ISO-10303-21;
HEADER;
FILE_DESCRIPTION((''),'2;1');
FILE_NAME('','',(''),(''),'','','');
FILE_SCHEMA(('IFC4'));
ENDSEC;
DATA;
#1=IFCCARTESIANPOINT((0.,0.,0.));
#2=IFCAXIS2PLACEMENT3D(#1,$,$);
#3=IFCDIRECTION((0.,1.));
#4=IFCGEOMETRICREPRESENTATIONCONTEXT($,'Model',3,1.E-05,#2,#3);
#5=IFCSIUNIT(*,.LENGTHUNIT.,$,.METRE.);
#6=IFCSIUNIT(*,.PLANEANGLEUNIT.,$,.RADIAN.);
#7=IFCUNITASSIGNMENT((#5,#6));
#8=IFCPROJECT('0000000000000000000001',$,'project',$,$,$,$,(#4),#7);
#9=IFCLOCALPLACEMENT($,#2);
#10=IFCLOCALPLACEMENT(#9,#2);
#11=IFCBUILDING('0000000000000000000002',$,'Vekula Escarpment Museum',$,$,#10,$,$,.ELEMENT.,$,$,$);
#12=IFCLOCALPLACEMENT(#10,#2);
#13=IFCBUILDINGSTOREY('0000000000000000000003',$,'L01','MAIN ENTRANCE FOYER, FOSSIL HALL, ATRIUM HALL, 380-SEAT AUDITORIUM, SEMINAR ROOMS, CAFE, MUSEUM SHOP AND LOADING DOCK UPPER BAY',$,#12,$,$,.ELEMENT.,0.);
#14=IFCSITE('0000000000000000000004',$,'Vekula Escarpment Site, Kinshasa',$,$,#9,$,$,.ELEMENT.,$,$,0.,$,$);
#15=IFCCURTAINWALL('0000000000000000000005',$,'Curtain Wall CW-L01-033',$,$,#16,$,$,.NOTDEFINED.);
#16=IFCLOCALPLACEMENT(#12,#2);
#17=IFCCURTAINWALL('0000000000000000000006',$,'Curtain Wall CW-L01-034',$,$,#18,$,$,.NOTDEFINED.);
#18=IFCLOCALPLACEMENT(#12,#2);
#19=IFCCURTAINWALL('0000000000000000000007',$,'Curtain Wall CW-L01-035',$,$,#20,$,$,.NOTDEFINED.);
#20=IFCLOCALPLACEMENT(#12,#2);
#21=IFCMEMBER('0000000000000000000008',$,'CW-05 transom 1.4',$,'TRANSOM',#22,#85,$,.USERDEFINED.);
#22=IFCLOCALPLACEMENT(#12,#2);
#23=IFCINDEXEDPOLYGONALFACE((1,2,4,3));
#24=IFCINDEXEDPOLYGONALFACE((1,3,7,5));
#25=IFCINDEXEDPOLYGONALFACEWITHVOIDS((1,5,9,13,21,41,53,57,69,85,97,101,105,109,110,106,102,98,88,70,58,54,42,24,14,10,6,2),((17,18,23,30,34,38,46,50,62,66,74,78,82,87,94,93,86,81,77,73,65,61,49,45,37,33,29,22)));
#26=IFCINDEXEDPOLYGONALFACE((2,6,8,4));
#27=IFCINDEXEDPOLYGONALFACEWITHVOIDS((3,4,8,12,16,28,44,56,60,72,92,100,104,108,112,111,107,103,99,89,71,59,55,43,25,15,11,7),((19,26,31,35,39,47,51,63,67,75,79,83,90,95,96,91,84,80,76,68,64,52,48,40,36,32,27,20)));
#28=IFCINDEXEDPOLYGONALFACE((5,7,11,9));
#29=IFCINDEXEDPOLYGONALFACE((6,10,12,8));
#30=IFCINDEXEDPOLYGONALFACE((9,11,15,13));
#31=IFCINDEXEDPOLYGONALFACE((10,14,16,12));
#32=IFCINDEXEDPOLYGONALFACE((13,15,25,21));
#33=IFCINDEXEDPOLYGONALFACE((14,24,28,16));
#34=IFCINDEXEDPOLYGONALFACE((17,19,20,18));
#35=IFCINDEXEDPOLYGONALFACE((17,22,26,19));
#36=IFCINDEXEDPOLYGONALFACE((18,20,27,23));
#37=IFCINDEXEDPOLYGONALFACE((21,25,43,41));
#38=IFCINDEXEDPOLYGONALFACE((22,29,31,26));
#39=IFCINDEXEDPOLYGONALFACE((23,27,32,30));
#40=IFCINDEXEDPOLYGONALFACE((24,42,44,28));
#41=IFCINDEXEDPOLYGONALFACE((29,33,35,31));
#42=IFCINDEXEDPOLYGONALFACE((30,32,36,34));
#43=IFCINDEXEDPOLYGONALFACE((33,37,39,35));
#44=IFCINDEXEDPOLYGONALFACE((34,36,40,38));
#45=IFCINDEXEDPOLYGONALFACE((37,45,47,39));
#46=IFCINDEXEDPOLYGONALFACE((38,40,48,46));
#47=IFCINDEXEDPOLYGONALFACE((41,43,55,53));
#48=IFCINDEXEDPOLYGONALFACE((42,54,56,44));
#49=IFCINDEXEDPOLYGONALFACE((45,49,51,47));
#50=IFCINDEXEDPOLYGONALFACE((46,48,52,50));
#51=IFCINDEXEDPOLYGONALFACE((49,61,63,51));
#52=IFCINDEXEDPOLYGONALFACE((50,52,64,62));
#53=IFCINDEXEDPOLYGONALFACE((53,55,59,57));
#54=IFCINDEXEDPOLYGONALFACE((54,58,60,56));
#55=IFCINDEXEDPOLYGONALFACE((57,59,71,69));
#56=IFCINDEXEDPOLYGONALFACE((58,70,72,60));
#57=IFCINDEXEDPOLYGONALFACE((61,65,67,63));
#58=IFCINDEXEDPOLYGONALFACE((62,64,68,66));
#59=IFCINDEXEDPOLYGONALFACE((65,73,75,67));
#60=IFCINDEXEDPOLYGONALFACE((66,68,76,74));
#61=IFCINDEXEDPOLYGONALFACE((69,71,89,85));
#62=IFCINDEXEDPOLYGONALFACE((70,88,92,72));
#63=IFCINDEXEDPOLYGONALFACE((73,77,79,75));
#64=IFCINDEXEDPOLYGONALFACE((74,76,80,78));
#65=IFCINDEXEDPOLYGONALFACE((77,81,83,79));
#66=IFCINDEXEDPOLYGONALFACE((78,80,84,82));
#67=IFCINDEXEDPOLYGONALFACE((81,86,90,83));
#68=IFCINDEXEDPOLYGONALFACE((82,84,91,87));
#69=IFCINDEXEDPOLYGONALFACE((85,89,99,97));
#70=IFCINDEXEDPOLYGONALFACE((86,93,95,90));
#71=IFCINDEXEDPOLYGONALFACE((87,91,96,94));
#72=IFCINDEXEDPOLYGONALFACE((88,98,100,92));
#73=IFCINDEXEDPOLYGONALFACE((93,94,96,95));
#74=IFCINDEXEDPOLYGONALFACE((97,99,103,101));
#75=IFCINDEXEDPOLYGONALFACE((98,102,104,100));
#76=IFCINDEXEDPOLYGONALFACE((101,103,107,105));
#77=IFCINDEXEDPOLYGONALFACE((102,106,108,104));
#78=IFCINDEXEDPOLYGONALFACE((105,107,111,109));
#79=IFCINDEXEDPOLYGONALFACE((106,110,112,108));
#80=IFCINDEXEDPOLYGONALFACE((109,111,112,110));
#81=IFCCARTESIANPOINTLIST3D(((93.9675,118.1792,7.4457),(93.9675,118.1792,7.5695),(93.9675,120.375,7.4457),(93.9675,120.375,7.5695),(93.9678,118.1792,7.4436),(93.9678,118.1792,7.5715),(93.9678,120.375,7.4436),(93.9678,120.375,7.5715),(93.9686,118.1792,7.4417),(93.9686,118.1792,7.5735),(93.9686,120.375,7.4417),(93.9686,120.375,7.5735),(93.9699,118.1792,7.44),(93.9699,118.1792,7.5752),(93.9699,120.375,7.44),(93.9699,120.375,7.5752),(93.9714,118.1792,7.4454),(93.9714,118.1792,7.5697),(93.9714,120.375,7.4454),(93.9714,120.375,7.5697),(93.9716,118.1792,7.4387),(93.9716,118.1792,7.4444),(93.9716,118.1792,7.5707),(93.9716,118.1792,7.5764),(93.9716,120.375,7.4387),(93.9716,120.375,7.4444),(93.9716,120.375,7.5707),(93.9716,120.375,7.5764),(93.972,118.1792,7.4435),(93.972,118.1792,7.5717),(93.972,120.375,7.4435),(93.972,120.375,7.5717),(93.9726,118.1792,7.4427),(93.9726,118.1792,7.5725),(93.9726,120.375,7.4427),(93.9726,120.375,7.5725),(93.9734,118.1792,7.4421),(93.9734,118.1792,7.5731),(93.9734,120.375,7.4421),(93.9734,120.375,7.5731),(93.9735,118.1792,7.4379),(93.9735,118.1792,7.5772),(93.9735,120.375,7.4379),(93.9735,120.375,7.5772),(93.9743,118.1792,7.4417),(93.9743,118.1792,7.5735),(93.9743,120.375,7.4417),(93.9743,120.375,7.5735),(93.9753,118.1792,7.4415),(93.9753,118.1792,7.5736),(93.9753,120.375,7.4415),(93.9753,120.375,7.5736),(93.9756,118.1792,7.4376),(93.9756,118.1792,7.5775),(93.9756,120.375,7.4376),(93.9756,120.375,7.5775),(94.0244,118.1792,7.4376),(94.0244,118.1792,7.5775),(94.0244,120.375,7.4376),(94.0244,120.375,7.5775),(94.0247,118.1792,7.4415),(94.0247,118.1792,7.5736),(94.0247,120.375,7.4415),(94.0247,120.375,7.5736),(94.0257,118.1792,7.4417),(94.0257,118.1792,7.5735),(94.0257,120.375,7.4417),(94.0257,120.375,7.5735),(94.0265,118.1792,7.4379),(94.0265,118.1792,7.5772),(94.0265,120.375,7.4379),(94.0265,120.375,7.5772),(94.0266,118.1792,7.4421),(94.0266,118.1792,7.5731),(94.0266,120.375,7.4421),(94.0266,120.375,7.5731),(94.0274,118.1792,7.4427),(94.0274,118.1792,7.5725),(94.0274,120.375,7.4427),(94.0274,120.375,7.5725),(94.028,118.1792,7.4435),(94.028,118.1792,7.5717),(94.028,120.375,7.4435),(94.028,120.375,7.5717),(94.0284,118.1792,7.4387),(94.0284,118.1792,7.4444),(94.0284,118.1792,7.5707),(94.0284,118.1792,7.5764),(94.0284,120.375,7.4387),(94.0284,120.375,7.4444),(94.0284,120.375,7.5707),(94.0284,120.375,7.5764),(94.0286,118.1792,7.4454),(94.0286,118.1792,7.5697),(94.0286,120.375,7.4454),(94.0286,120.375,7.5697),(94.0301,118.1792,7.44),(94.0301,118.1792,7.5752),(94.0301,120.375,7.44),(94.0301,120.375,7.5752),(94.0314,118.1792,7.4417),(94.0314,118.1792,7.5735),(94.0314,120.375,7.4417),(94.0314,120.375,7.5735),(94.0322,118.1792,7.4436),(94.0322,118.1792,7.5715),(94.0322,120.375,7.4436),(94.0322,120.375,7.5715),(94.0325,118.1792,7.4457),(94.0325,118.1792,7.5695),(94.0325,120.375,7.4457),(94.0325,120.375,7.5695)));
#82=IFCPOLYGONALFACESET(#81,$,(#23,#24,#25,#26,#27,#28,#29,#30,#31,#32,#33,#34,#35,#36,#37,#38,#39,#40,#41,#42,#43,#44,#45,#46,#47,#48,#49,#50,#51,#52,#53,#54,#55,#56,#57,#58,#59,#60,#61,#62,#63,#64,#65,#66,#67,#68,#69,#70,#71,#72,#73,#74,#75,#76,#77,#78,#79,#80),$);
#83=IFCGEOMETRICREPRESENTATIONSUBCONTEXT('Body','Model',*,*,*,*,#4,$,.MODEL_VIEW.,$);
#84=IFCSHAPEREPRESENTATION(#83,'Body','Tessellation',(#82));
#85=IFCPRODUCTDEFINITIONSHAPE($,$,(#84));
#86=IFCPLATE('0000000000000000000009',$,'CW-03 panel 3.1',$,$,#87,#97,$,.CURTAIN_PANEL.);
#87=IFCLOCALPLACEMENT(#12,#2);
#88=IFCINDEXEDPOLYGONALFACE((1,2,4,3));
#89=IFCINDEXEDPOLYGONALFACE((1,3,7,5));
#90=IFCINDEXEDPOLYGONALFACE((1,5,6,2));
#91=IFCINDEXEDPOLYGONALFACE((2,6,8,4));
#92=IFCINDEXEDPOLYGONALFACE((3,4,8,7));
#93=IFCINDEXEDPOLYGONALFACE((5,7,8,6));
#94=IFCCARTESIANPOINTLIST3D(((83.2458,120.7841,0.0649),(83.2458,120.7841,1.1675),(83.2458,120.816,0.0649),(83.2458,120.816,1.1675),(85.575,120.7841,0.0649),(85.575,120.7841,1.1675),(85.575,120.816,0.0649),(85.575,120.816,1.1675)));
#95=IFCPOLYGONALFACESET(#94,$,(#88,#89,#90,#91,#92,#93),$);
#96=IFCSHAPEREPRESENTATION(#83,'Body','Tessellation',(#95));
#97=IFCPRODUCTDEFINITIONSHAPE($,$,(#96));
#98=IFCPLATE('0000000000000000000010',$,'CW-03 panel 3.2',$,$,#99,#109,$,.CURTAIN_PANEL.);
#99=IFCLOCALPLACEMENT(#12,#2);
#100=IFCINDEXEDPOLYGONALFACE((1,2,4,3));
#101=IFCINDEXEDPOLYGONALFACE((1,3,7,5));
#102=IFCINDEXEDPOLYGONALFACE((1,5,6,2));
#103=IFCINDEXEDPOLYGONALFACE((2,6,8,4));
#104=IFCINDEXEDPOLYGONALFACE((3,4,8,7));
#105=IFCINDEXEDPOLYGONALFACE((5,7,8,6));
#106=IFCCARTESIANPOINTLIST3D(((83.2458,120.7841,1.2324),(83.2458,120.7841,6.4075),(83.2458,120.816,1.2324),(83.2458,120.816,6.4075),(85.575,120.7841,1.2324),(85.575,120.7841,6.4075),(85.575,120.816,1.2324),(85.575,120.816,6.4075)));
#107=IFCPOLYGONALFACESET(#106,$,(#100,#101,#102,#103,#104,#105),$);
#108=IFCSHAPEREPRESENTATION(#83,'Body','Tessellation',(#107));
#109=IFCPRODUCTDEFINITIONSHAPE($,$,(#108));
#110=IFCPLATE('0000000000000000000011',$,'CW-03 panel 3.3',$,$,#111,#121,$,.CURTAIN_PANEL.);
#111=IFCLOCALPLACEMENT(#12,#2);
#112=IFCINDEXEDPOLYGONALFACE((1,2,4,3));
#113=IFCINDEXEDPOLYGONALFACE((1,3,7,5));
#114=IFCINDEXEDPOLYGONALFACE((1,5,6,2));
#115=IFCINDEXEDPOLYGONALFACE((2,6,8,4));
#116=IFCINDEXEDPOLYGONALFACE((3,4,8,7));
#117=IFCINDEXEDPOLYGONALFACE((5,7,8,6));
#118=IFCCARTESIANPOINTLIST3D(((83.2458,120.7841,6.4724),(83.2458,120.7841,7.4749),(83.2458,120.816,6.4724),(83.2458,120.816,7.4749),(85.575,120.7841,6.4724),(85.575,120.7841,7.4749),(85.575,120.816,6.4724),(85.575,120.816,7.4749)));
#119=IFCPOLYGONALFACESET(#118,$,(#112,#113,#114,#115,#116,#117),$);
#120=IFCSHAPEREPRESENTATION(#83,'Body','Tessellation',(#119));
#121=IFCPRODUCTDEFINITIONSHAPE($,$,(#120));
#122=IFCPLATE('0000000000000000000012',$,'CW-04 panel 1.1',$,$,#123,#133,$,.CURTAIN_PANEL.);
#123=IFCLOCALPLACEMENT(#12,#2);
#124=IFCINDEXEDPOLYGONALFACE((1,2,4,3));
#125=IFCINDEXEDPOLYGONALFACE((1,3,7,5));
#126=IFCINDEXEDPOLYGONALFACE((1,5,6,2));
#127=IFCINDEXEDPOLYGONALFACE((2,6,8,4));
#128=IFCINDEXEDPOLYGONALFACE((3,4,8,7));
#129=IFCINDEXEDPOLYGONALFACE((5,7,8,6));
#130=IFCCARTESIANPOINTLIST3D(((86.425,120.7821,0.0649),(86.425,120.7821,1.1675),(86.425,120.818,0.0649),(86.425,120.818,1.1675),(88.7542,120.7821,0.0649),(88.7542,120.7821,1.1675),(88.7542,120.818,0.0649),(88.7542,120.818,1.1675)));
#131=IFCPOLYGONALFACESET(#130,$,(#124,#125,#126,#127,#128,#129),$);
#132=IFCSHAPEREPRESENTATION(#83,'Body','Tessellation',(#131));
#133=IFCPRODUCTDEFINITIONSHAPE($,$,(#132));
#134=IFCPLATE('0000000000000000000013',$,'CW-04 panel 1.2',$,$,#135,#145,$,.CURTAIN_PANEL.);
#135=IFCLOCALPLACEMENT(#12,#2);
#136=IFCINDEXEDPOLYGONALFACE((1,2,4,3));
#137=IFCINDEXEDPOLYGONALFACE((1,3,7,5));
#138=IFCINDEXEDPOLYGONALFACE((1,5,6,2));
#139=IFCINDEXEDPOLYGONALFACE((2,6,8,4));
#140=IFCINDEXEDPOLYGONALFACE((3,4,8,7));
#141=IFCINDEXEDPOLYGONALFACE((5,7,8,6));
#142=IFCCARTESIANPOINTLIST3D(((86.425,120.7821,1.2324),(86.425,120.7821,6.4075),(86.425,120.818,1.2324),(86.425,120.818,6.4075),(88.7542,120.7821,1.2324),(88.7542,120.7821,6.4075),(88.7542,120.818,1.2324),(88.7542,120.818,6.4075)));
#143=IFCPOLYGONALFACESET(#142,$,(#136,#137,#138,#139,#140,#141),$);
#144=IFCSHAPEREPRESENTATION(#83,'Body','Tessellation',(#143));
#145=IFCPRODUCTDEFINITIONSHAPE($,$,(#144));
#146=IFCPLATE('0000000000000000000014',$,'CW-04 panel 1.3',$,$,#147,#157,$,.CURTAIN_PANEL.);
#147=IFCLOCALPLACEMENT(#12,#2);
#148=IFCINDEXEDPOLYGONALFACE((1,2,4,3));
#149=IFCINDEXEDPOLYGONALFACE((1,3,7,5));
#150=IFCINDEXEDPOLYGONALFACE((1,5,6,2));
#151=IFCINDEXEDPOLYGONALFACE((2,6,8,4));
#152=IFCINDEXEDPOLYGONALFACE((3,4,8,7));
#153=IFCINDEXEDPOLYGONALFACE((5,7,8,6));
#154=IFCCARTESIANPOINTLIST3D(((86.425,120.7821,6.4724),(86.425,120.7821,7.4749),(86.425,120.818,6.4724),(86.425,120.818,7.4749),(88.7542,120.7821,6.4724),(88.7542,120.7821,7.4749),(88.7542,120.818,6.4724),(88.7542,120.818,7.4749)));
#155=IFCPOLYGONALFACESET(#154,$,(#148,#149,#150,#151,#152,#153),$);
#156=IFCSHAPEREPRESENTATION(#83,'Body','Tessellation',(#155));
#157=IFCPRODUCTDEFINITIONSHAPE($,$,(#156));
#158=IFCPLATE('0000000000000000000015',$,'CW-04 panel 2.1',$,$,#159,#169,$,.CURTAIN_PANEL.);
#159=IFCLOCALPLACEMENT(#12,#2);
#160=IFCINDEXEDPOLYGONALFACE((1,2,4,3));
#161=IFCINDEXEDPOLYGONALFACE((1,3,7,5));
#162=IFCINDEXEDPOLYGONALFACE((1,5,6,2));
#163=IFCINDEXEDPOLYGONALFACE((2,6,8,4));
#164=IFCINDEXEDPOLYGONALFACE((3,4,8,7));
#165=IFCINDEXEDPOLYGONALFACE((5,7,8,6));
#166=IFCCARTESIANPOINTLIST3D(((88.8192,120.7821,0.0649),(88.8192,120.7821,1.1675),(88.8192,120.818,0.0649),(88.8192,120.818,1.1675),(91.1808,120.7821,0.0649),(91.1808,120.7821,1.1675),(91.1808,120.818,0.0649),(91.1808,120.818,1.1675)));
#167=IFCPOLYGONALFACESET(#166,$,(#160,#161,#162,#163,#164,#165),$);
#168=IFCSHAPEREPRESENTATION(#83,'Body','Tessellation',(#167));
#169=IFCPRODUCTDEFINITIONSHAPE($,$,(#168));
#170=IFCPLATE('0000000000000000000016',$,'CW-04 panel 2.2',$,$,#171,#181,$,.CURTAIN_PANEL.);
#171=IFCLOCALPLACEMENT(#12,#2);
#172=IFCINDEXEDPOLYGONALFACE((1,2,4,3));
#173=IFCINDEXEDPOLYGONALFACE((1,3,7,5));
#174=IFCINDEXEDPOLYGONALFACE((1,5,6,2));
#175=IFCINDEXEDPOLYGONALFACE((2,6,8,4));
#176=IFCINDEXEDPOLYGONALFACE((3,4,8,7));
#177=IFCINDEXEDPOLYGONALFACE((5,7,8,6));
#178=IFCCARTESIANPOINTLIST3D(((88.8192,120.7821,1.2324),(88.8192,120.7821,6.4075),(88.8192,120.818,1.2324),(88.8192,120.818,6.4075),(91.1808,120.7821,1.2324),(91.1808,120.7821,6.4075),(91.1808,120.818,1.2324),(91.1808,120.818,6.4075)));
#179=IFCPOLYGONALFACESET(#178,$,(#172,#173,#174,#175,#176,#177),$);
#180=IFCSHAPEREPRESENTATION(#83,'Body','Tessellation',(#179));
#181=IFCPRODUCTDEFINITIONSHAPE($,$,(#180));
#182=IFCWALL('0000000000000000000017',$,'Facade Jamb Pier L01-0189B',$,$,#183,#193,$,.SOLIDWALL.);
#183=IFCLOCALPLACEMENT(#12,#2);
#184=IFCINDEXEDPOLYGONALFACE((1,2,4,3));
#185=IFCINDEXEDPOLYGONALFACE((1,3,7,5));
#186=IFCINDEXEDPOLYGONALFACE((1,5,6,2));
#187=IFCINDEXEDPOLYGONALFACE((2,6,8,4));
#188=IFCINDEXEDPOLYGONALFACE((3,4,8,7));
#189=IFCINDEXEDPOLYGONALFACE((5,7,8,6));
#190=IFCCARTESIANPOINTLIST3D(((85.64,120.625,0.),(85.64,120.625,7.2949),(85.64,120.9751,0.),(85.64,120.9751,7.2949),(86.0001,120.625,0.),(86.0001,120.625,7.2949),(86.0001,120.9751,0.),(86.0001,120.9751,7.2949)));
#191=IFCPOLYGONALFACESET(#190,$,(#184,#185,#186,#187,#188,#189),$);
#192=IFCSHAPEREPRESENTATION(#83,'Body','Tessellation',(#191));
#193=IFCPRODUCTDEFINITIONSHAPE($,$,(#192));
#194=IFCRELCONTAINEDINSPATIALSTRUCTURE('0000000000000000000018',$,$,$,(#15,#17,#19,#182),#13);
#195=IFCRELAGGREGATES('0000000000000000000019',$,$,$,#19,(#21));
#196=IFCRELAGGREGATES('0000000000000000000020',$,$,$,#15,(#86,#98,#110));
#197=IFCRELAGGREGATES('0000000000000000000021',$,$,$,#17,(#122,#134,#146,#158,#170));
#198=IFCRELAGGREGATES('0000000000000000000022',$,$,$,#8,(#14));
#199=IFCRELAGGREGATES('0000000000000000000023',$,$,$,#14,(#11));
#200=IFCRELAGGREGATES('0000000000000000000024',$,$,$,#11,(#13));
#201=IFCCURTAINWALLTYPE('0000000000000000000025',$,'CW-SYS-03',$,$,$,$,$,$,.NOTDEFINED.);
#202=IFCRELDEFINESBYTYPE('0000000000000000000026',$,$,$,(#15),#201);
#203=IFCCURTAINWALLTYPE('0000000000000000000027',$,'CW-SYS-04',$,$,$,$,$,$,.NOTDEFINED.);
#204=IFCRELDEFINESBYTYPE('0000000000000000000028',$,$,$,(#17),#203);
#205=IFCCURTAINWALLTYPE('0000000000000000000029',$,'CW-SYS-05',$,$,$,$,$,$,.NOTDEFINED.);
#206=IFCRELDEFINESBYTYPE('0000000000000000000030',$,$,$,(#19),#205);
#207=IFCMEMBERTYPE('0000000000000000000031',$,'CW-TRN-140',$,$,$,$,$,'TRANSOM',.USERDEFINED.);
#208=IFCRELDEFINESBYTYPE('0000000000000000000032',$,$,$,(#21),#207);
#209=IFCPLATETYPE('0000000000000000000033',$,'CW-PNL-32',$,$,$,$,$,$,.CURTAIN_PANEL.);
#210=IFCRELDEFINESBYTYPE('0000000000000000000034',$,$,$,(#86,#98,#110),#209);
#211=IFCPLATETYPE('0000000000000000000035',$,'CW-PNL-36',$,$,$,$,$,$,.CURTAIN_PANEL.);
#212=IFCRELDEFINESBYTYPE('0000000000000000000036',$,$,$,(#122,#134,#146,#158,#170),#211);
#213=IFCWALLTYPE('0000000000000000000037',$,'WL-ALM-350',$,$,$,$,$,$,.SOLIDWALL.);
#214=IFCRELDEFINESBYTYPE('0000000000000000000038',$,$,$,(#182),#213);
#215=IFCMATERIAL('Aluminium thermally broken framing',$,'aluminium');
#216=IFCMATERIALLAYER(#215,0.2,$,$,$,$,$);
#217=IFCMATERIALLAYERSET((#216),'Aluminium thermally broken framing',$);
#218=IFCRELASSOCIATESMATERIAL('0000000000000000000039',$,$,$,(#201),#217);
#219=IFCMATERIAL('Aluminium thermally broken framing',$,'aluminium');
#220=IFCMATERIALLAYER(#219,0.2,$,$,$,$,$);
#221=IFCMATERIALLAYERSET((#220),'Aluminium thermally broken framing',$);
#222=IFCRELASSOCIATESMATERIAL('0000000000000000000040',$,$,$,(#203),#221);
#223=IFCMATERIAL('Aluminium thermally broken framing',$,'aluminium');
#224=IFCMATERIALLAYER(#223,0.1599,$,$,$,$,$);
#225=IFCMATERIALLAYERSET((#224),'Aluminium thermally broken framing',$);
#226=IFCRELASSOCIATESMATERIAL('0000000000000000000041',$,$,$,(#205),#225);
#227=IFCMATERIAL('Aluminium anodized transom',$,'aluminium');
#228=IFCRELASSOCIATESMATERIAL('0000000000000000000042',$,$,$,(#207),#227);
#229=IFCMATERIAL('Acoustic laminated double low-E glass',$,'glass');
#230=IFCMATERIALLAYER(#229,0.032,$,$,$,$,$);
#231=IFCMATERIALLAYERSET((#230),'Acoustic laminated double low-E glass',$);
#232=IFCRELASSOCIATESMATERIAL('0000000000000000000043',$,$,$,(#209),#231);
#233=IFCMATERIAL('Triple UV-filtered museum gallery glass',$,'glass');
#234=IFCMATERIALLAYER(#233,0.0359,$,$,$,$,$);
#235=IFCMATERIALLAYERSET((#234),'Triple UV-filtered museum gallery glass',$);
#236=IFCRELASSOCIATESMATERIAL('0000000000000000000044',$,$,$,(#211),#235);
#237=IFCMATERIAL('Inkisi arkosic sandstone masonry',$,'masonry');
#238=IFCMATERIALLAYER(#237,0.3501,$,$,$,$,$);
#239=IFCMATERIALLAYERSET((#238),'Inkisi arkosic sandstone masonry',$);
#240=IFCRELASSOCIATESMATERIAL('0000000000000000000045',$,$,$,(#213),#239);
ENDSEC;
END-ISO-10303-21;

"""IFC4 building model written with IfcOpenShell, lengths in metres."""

from ifc_helpers import new_model, si_unit, direction, frame, frame_2d, origin, origin_2d, place, context, subcontext, project, spatial, rectangle, hollow_rectangle, extrude, material, layer, layer_set, material_profile, profile_set, type_object, element, aggregate, save


model = new_model("IFC4")

# Units and contexts
model_context = context("Model", 3, precision=1e-05, world=origin(), true_north=direction((0.0, 1.0)))
body_context = subcontext(model_context, "Body", "Model", "MODEL_VIEW")
ifc_project = project(units=[si_unit("LENGTHUNIT", "METRE"), si_unit("PLANEANGLEUNIT", "RADIAN")], contexts=[model_context])

# Site, building, storey
site_placement = place(None, origin())
site = spatial("IfcSite", under=ifc_project, at=site_placement, Name="Vekula Escarpment Site, Kinshasa", CompositionType="ELEMENT", RefElevation=0.0)
building_placement = place(site_placement, origin())
building = spatial("IfcBuilding", under=site, at=building_placement, Name="Vekula Escarpment Museum", CompositionType="ELEMENT")
storey_placement = place(building_placement, origin())
storey = spatial("IfcBuildingStorey", under=building, at=storey_placement, Name="L01", Description="MAIN ENTRANCE FOYER, FOSSIL HALL, ATRIUM HALL, 380-SEAT AUDITORIUM, SEMINAR ROOMS, CAFE, MUSEUM SHOP AND LOADING DOCK UPPER BAY", CompositionType="ELEMENT", Elevation=0.0)

# Curtain wall
ifc_material_1 = material(Name="Aluminium thermally broken framing", Category="aluminium")
ifc_layer_1 = layer(ifc_material_1, 0.2)
ifc_layer_set_1 = layer_set([ifc_layer_1], Name="Aluminium thermally broken framing")
curtain_wall_type_1 = type_object("IfcCurtainWallType", Name="CW-SYS-03", PredefinedType="NOTDEFINED", material=ifc_layer_set_1)
curtain_wall_1_placement = place(storey_placement, origin())
curtain_wall_1 = element("IfcCurtainWall", 1, at=curtain_wall_1_placement, inside=storey, type_object=curtain_wall_type_1, Name="Curtain Wall CW-L01-033", PredefinedType="NOTDEFINED")

# Curtain wall
ifc_material_2 = material(Name="Aluminium thermally broken framing", Category="aluminium")
ifc_layer_2 = layer(ifc_material_2, 0.2)
ifc_layer_set_2 = layer_set([ifc_layer_2], Name="Aluminium thermally broken framing")
curtain_wall_type_2 = type_object("IfcCurtainWallType", Name="CW-SYS-04", PredefinedType="NOTDEFINED", material=ifc_layer_set_2)
curtain_wall_2_placement = place(storey_placement, origin())
curtain_wall_2 = element("IfcCurtainWall", 2, at=curtain_wall_2_placement, inside=storey, type_object=curtain_wall_type_2, Name="Curtain Wall CW-L01-034", PredefinedType="NOTDEFINED")

# Curtain wall
ifc_material_3 = material(Name="Aluminium thermally broken framing", Category="aluminium")
ifc_layer_3 = layer(ifc_material_3, 0.1599)
ifc_layer_set_3 = layer_set([ifc_layer_3], Name="Aluminium thermally broken framing")
curtain_wall_type_3 = type_object("IfcCurtainWallType", Name="CW-SYS-05", PredefinedType="NOTDEFINED", material=ifc_layer_set_3)
curtain_wall_3_placement = place(storey_placement, origin())
curtain_wall_3 = element("IfcCurtainWall", 3, at=curtain_wall_3_placement, inside=storey, type_object=curtain_wall_type_3, Name="Curtain Wall CW-L01-035", PredefinedType="NOTDEFINED")

# Member
ifc_material_4 = material(Name="Aluminium anodized transom", Category="aluminium")
ifc_material_profile_1 = material_profile(ifc_material_4, hollow_rectangle(XDim=0.0649, YDim=0.1399, WallThickness=0.0039, InnerFilletRadius=0.0039, OuterFilletRadius=0.0081, at=origin_2d()), Name="ALU 140x65x4")
ifc_profile_set_1 = profile_set([ifc_material_profile_1], Name="Aluminium anodized transom")
member_type_1 = type_object("IfcMemberType", Name="CW-TRN-140", ElementType="TRANSOM", PredefinedType="USERDEFINED", material=ifc_profile_set_1)
member_1_placement = place(storey_placement, frame((94.0, 120.375, 7.5076), z_axis=(0.0, -1.0, 0.0), x_axis=(1.0, 0.0, 0.0)))
member_1 = element("IfcMember", 4, at=member_1_placement, type_object=member_type_1, Name="CW-05 transom 1.4", ObjectType="TRANSOM", PredefinedType="USERDEFINED", context=body_context, shape_type="SweptSolid", body=[
    extrude(hollow_rectangle(XDim=0.0649, YDim=0.1399, WallThickness=0.0039, InnerFilletRadius=0.0039, OuterFilletRadius=0.0081, at=origin_2d()), origin(), (0.0, 0.0, 1.0), 2.1958),
])
aggregate(curtain_wall_3, [member_1])

# Plates
ifc_material_5 = material(Name="Acoustic laminated double low-E glass", Category="glass")
ifc_layer_4 = layer(ifc_material_5, 0.032)
ifc_layer_set_4 = layer_set([ifc_layer_4], Name="Acoustic laminated double low-E glass")
plate_type_1 = type_object("IfcPlateType", Name="CW-PNL-32", PredefinedType="CURTAIN_PANEL", material=ifc_layer_set_4)
plate_1_placement = place(storey_placement, frame((84.4104, 120.8, 0.0649), z_axis=(0.0, 0.0, 1.0), x_axis=(1.0, 0.0, 0.0)))
plate_1 = element("IfcPlate", 5, at=plate_1_placement, type_object=plate_type_1, Name="CW-03 panel 3.1", PredefinedType="CURTAIN_PANEL", context=body_context, shape_type="SweptSolid", body=[
    extrude(rectangle(XDim=2.3291, YDim=0.032, at=origin_2d()), origin(), (0.0, 0.0, 1.0), 1.1025),
])
plate_2_placement = place(storey_placement, frame((84.4104, 120.8, 1.2324), z_axis=(0.0, 0.0, 1.0), x_axis=(1.0, 0.0, 0.0)))
plate_2 = element("IfcPlate", 6, at=plate_2_placement, type_object=plate_type_1, Name="CW-03 panel 3.2", PredefinedType="CURTAIN_PANEL", context=body_context, shape_type="SweptSolid", body=[
    extrude(rectangle(XDim=2.3291, YDim=0.032, at=origin_2d()), origin(), (0.0, 0.0, 1.0), 5.175),
])
plate_3_placement = place(storey_placement, frame((84.4104, 120.8, 6.4724), z_axis=(0.0, 0.0, 1.0), x_axis=(1.0, 0.0, 0.0)))
plate_3 = element("IfcPlate", 7, at=plate_3_placement, type_object=plate_type_1, Name="CW-03 panel 3.3", PredefinedType="CURTAIN_PANEL", context=body_context, shape_type="SweptSolid", body=[
    extrude(rectangle(XDim=2.3291, YDim=0.032, at=origin_2d()), origin(), (0.0, 0.0, 1.0), 1.0024),
])
aggregate(curtain_wall_1, [plate_1, plate_2, plate_3])
ifc_material_6 = material(Name="Triple UV-filtered museum gallery glass", Category="glass")
ifc_layer_5 = layer(ifc_material_6, 0.0359)
ifc_layer_set_5 = layer_set([ifc_layer_5], Name="Triple UV-filtered museum gallery glass")
plate_type_2 = type_object("IfcPlateType", Name="CW-PNL-36", PredefinedType="CURTAIN_PANEL", material=ifc_layer_set_5)
plate_4_placement = place(storey_placement, frame((87.5896, 120.8, 0.0649), z_axis=(0.0, 0.0, 1.0), x_axis=(1.0, 0.0, 0.0)))
plate_4 = element("IfcPlate", 8, at=plate_4_placement, type_object=plate_type_2, Name="CW-04 panel 1.1", PredefinedType="CURTAIN_PANEL", context=body_context, shape_type="SweptSolid", body=[
    extrude(rectangle(XDim=2.3291, YDim=0.0359, at=origin_2d()), origin(), (0.0, 0.0, 1.0), 1.1025),
])
plate_5_placement = place(storey_placement, frame((87.5896, 120.8, 1.2324), z_axis=(0.0, 0.0, 1.0), x_axis=(1.0, 0.0, 0.0)))
plate_5 = element("IfcPlate", 9, at=plate_5_placement, type_object=plate_type_2, Name="CW-04 panel 1.2", PredefinedType="CURTAIN_PANEL", context=body_context, shape_type="SweptSolid", body=[
    extrude(rectangle(XDim=2.3291, YDim=0.0359, at=origin_2d()), origin(), (0.0, 0.0, 1.0), 5.175),
])
plate_6_placement = place(storey_placement, frame((87.5896, 120.8, 6.4724), z_axis=(0.0, 0.0, 1.0), x_axis=(1.0, 0.0, 0.0)))
plate_6 = element("IfcPlate", 10, at=plate_6_placement, type_object=plate_type_2, Name="CW-04 panel 1.3", PredefinedType="CURTAIN_PANEL", context=body_context, shape_type="SweptSolid", body=[
    extrude(rectangle(XDim=2.3291, YDim=0.0359, at=origin_2d()), origin(), (0.0, 0.0, 1.0), 1.0024),
])
plate_7_placement = place(storey_placement, frame((90.0, 120.8, 0.0649), z_axis=(0.0, 0.0, 1.0), x_axis=(1.0, 0.0, 0.0)))
plate_7 = element("IfcPlate", 11, at=plate_7_placement, type_object=plate_type_2, Name="CW-04 panel 2.1", PredefinedType="CURTAIN_PANEL", context=body_context, shape_type="SweptSolid", body=[
    extrude(rectangle(XDim=2.3616, YDim=0.0359, at=origin_2d()), origin(), (0.0, 0.0, 1.0), 1.1025),
])
plate_8_placement = place(storey_placement, frame((90.0, 120.8, 1.2324), z_axis=(0.0, 0.0, 1.0), x_axis=(1.0, 0.0, 0.0)))
plate_8 = element("IfcPlate", 12, at=plate_8_placement, type_object=plate_type_2, Name="CW-04 panel 2.2", PredefinedType="CURTAIN_PANEL", context=body_context, shape_type="SweptSolid", body=[
    extrude(rectangle(XDim=2.3616, YDim=0.0359, at=origin_2d()), origin(), (0.0, 0.0, 1.0), 5.175),
])
aggregate(curtain_wall_2, [plate_4, plate_5, plate_6, plate_7, plate_8])

# Wall
ifc_material_7 = material(Name="Inkisi arkosic sandstone masonry", Category="masonry")
ifc_layer_6 = layer(ifc_material_7, 0.3501)
ifc_layer_set_6 = layer_set([ifc_layer_6], Name="Inkisi arkosic sandstone masonry")
wall_type = type_object("IfcWallType", Name="WL-ALM-350", PredefinedType="SOLIDWALL", material=ifc_layer_set_6)
wall_1_placement = place(storey_placement, frame((85.6399, 120.8, 0.0), z_axis=(0.0, 0.0, 1.0), x_axis=(1.0, 0.0, 0.0)))
element("IfcWall", 13, at=wall_1_placement, inside=storey, type_object=wall_type, Name="Facade Jamb Pier L01-0189B", PredefinedType="SOLIDWALL", context=body_context, shape_type="SweptSolid", body=[
    extrude(rectangle(XDim=0.3601, YDim=0.3501, at=frame_2d((0.1802, 0.0))), origin(), (0.0, 0.0, 1.0), 7.2949),
])

save(model, "model.ifc")
